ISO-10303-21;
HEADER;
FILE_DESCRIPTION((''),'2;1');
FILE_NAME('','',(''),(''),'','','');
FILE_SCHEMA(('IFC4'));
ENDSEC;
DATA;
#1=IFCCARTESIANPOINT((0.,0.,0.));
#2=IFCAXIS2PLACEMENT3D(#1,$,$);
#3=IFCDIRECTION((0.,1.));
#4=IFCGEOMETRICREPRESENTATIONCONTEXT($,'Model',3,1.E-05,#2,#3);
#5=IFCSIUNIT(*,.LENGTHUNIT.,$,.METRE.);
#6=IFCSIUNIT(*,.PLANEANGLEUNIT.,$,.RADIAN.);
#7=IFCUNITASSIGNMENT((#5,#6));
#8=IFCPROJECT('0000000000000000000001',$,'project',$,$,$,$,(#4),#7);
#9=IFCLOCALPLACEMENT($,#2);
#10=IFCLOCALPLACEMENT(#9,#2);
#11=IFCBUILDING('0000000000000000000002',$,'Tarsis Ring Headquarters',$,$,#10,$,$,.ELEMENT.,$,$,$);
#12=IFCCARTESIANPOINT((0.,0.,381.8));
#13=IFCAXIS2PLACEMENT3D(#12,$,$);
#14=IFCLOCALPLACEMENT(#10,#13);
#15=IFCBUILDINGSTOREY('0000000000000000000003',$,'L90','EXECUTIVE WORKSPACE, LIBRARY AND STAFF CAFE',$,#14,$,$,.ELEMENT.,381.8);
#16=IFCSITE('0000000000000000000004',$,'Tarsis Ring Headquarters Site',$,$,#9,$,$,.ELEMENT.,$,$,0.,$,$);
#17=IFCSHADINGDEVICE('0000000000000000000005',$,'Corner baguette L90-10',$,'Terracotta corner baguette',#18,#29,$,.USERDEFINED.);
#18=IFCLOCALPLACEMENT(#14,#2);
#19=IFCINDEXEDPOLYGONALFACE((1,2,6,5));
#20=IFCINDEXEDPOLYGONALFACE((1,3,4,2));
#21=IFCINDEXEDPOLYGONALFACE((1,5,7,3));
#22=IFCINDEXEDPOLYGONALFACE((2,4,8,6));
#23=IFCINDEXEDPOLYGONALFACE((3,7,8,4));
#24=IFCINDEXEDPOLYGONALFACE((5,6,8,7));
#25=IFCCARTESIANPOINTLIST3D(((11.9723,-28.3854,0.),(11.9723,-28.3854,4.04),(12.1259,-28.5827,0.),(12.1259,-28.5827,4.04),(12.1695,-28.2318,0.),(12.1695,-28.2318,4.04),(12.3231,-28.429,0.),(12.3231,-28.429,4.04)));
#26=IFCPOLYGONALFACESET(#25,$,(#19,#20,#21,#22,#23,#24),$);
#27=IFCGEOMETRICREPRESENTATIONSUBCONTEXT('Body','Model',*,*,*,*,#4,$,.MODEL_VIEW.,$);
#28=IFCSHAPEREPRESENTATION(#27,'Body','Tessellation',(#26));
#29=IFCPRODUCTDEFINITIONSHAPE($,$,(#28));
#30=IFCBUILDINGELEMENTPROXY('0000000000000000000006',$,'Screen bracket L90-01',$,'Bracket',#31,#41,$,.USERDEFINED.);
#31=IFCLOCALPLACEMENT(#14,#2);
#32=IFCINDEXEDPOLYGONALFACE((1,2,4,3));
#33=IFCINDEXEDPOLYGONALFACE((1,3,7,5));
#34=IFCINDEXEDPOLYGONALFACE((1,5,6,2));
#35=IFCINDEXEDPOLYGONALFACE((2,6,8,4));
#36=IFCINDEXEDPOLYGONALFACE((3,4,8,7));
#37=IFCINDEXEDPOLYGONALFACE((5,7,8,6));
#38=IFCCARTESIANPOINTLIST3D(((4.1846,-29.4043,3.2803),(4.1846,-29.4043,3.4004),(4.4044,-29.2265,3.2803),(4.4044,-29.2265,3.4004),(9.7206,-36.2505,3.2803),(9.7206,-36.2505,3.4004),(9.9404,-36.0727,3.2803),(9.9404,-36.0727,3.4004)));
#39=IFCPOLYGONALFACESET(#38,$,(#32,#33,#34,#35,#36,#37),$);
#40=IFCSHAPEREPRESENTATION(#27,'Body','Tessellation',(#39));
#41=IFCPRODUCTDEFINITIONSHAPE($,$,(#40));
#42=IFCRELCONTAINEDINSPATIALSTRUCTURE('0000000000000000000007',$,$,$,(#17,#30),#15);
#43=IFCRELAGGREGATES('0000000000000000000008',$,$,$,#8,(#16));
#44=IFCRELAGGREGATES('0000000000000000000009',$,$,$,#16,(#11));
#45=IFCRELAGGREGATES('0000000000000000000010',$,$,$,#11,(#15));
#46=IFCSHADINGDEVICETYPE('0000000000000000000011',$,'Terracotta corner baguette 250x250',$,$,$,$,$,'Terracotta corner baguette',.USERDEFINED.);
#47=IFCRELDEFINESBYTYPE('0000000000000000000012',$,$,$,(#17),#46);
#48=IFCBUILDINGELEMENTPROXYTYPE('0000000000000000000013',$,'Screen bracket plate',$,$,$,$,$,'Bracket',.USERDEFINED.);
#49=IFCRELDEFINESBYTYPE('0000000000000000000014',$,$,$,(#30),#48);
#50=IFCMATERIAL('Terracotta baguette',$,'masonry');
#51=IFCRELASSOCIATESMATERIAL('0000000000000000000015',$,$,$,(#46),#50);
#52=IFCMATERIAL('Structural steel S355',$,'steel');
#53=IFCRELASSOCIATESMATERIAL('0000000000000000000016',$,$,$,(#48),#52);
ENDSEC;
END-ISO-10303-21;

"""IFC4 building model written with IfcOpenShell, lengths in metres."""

from ifc_helpers import new_model, si_unit, direction, frame, origin, origin_2d, place, context, subcontext, project, spatial, rectangle, extrude, material, type_object, element, save


model = new_model("IFC4")

# Units and contexts
model_context = context("Model", 3, precision=1e-05, world=origin(), true_north=direction((0.0, 1.0)))
body_context = subcontext(model_context, "Body", "Model", "MODEL_VIEW")
ifc_project = project(units=[si_unit("LENGTHUNIT", "METRE"), si_unit("PLANEANGLEUNIT", "RADIAN")], contexts=[model_context])

# Site, building, storey
site_placement = place(None, origin())
site = spatial("IfcSite", under=ifc_project, at=site_placement, Name="Tarsis Ring Headquarters Site", CompositionType="ELEMENT", RefElevation=0.0)
building_placement = place(site_placement, origin())
building = spatial("IfcBuilding", under=site, at=building_placement, Name="Tarsis Ring Headquarters", CompositionType="ELEMENT")
storey_placement = place(building_placement, frame((0.0, 0.0, 381.8)))
storey = spatial("IfcBuildingStorey", under=building, at=storey_placement, Name="L90", Description="EXECUTIVE WORKSPACE, LIBRARY AND STAFF CAFE", CompositionType="ELEMENT", Elevation=381.8)

# Shared definitions
ifc_material_1 = material(Name="Structural steel S355", Category="steel")

# Shading device
ifc_material_2 = material(Name="Terracotta baguette", Category="masonry")
shading_device_type_1 = type_object("IfcShadingDeviceType", Name="Terracotta corner baguette 250x250", ElementType="Terracotta corner baguette", PredefinedType="USERDEFINED", material=ifc_material_2)
for number, where, z_axis, x_axis, name in (
    (1, (12.1477, -28.4072, 0.0), (0.0, 0.0, 1.0), (0.78887, 0.614561, 0.0), "Corner baguette L90-10"),
):
    element("IfcShadingDevice", number, at=place(storey_placement, frame(where, z_axis=z_axis, x_axis=x_axis)), inside=storey, type_object=shading_device_type_1, Name=name, ObjectType="Terracotta corner baguette", PredefinedType="USERDEFINED", context=body_context, shape_type="SweptSolid", body=[
        extrude(rectangle(XDim=0.25, YDim=0.25, at=origin_2d()), origin(), (0.0, 0.0, 1.0), 4.04),
    ])

# Building element proxy
building_element_proxy_type = type_object("IfcBuildingElementProxyType", Name="Screen bracket plate", ElementType="Bracket", PredefinedType="USERDEFINED", material=ifc_material_1)
proxy_placement = place(storey_placement, frame((7.0625, -32.7385, 3.2803), z_axis=(0.0, 0.0, 1.0), x_axis=(0.628778, -0.777585, 0.0)))
element("IfcBuildingElementProxy", 2, at=proxy_placement, inside=storey, type_object=building_element_proxy_type, Name="Screen bracket L90-01", ObjectType="Bracket", PredefinedType="USERDEFINED", context=body_context, shape_type="SweptSolid", body=[
    extrude(rectangle(XDim=8.8044, YDim=0.2827, at=origin_2d()), origin(), (0.0, 0.0, 1.0), 0.1201),
])

save(model, "model.ifc")
